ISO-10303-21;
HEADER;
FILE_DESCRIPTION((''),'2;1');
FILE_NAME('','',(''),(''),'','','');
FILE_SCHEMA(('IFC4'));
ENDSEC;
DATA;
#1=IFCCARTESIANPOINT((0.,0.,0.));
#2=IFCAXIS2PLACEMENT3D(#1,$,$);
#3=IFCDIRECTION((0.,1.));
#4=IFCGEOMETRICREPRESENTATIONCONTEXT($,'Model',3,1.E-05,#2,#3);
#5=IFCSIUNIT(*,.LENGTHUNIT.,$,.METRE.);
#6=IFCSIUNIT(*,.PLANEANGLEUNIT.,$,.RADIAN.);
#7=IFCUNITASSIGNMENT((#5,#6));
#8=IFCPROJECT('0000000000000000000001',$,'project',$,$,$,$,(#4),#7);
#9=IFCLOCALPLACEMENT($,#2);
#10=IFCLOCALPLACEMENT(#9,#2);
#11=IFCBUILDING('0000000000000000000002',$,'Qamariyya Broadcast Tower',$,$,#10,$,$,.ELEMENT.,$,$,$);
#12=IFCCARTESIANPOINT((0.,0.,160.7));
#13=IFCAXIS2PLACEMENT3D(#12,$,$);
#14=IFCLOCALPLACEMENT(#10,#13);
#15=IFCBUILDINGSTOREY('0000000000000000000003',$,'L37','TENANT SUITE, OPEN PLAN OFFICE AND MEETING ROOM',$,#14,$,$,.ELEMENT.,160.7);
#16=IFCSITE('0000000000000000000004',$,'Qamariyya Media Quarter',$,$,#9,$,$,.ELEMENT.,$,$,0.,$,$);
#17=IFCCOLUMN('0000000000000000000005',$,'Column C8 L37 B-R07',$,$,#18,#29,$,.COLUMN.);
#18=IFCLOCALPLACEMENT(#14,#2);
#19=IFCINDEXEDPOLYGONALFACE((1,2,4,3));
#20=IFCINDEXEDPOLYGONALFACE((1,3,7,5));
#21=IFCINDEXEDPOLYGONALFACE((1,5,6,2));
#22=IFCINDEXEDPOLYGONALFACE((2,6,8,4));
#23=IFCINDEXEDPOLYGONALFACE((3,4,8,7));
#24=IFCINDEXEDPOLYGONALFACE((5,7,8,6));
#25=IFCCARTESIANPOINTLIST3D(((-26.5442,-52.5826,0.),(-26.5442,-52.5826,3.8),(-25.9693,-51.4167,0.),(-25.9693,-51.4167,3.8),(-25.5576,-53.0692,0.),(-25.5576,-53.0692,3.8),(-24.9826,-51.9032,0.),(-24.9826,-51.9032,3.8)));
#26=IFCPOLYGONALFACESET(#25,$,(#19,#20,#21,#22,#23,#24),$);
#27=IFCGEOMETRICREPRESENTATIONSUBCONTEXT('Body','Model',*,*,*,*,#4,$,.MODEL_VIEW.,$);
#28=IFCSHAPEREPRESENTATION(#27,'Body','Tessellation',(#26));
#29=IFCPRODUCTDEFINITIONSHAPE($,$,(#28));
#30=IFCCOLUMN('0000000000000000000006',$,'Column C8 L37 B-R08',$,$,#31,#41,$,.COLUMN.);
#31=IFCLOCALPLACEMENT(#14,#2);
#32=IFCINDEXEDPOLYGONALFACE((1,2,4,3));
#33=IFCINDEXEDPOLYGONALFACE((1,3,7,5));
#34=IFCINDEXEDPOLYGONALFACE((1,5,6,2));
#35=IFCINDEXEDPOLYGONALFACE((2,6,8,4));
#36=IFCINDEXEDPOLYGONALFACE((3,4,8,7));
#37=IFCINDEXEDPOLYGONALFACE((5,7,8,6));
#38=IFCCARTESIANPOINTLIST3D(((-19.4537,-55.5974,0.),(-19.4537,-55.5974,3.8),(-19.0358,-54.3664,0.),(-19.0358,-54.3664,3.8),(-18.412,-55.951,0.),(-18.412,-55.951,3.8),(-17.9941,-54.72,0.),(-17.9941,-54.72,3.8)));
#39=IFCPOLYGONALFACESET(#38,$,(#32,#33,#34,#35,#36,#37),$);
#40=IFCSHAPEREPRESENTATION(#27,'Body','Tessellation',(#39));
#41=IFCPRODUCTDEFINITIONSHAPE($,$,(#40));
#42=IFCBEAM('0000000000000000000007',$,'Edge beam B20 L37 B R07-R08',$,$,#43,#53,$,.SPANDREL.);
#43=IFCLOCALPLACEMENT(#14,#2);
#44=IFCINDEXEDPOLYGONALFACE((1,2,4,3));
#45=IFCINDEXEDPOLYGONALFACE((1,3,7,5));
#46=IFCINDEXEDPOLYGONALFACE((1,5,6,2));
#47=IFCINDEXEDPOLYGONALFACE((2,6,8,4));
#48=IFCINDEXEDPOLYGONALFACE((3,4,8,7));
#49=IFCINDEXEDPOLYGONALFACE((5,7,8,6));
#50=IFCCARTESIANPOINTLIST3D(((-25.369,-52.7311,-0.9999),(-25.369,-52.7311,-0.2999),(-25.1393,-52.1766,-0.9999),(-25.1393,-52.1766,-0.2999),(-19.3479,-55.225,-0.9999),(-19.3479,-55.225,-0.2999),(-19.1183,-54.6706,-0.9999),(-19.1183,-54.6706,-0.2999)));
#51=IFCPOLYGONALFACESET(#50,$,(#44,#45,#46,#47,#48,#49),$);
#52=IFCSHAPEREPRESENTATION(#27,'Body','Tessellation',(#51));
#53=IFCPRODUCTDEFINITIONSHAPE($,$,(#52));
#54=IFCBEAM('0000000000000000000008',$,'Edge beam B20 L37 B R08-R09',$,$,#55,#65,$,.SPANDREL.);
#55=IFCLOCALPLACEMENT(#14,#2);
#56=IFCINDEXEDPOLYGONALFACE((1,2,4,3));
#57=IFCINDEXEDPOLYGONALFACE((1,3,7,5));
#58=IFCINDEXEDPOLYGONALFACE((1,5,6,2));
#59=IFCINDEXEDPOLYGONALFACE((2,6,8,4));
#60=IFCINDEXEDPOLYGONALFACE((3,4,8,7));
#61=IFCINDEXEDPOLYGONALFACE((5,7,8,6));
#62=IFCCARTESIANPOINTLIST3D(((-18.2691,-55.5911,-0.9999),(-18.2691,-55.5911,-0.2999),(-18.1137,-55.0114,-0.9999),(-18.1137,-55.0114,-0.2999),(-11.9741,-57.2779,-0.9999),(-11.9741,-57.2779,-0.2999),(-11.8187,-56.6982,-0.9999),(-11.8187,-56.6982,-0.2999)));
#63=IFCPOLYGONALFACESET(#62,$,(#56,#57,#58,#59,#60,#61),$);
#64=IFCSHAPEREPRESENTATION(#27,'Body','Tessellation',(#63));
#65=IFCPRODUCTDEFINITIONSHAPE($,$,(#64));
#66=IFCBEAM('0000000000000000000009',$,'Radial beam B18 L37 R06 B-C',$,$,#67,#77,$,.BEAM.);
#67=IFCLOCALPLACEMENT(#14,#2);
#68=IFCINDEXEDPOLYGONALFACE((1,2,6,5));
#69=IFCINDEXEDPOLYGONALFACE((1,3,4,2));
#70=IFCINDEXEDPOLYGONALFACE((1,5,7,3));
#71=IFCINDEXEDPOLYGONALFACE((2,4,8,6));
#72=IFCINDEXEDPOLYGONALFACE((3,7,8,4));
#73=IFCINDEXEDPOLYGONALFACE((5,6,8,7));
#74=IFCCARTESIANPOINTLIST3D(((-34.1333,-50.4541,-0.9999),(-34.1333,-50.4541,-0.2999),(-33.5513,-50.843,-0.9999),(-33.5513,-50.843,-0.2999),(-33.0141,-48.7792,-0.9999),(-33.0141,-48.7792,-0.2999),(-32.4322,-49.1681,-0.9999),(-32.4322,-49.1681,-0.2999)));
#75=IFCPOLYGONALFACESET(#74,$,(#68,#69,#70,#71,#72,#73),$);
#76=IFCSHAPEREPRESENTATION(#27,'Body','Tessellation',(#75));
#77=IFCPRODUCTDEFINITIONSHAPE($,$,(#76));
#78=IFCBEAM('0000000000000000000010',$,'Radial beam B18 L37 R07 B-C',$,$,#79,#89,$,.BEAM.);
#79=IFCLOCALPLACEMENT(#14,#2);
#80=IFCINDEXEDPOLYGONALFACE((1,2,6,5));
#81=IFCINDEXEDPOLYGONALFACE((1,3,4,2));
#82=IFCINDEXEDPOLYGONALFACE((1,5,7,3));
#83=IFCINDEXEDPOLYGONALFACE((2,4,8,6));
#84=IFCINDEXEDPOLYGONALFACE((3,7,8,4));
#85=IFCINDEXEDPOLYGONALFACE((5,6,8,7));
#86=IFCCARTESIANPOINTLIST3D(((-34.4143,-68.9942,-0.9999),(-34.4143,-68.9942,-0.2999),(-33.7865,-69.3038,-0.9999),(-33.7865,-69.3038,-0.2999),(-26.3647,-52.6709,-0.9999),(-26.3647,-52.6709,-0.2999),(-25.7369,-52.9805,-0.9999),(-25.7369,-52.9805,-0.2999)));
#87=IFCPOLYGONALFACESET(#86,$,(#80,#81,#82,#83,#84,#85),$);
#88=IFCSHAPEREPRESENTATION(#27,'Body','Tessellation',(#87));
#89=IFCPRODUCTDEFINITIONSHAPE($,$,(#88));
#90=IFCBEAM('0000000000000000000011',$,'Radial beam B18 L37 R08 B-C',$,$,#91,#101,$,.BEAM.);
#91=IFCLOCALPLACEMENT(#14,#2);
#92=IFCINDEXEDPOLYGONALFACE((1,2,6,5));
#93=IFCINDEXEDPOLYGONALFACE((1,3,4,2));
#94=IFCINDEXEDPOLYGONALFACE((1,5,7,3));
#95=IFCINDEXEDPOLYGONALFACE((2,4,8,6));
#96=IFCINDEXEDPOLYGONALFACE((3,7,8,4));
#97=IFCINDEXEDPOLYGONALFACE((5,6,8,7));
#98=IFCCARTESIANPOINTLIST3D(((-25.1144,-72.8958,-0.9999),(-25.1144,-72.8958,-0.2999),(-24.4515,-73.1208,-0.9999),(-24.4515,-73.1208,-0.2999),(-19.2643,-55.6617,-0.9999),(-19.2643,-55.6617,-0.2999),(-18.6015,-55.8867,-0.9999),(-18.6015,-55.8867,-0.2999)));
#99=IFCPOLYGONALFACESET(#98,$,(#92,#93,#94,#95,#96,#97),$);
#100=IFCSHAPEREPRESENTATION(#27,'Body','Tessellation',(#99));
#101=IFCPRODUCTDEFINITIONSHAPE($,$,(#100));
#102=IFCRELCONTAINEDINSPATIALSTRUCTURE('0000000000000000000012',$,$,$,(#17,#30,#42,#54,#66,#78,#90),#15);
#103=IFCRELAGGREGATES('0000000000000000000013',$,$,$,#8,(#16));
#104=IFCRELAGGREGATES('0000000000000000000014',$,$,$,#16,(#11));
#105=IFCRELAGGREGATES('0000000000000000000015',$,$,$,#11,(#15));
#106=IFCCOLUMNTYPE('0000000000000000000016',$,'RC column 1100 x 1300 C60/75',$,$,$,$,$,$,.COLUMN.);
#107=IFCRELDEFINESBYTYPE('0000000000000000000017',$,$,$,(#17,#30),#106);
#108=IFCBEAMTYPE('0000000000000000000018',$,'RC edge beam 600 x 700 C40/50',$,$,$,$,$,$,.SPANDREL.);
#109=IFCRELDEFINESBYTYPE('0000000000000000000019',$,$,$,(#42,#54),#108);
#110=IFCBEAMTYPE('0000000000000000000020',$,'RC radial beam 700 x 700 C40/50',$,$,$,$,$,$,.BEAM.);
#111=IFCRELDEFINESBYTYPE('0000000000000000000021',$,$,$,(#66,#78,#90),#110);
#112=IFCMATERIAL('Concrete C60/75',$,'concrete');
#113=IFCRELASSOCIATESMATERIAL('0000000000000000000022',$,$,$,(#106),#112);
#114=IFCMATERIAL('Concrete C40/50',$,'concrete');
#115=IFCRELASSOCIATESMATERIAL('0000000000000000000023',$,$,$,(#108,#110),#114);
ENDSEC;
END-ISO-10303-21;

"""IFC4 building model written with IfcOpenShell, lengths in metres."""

from ifc_helpers import new_model, si_unit, direction, frame, origin, origin_2d, place, context, subcontext, project, spatial, rectangle, extrude, material, material_profile, profile_set, type_object, element, save


model = new_model("IFC4")

# Units and contexts
model_context = context("Model", 3, precision=1e-05, world=origin(), true_north=direction((0.0, 1.0)))
body_context = subcontext(model_context, "Body", "Model", "MODEL_VIEW")
ifc_project = project(units=[si_unit("LENGTHUNIT", "METRE"), si_unit("PLANEANGLEUNIT", "RADIAN")], contexts=[model_context])

# Site, building, storey
site_placement = place(None, origin())
site = spatial("IfcSite", under=ifc_project, at=site_placement, Name="Qamariyya Media Quarter", CompositionType="ELEMENT", RefElevation=0.0)
building_placement = place(site_placement, origin())
building = spatial("IfcBuilding", under=site, at=building_placement, Name="Qamariyya Broadcast Tower", CompositionType="ELEMENT")
storey_placement = place(building_placement, frame((0.0, 0.0, 160.7)))
storey = spatial("IfcBuildingStorey", under=building, at=storey_placement, Name="L37", Description="TENANT SUITE, OPEN PLAN OFFICE AND MEETING ROOM", CompositionType="ELEMENT", Elevation=160.7)

# Columns
ifc_material_1 = material(Name="Concrete C60/75", Category="concrete")
ifc_material_profile_1 = material_profile(ifc_material_1, rectangle(XDim=1.1001, YDim=1.3, at=origin_2d()))
ifc_profile_set_1 = profile_set([ifc_material_profile_1], Name="Concrete C60/75")
column_type = type_object("IfcColumnType", Name="RC column 1100 x 1300 C60/75", PredefinedType="COLUMN", material=ifc_profile_set_1)
for number, where, z_axis, x_axis, name in (
    (1, (-25.7634, -52.2429, 0.0), (0.0, 0.0, 1.0), (0.896873, -0.442289, 0.0), "Column C8 L37 B-R07"),
    (2, (-18.7239, -55.1587, 0.0), (0.0, 0.0, 1.0), (0.94693, -0.321439, 0.0), "Column C8 L37 B-R08"),
):
    element("IfcColumn", number, at=place(storey_placement, frame(where, z_axis=z_axis, x_axis=x_axis)), inside=storey, type_object=column_type, Name=name, PredefinedType="COLUMN", context=body_context, shape_type="SweptSolid", body=[
        extrude(rectangle(XDim=1.1001, YDim=1.3, at=origin_2d()), origin(), (0.0, 0.0, 1.0), 3.8),
    ])

# Beams
ifc_material_2 = material(Name="Concrete C40/50", Category="concrete")
ifc_material_profile_2 = material_profile(ifc_material_2, rectangle(XDim=0.6001, YDim=0.7, at=origin_2d()))
ifc_profile_set_2 = profile_set([ifc_material_profile_2], Name="Concrete C40/50")
beam_type_1 = type_object("IfcBeamType", Name="RC edge beam 600 x 700 C40/50", PredefinedType="SPANDREL", material=ifc_profile_set_2)
for number, where, z_axis, x_axis, name in (
    (3, (-25.2542, -52.4539, -0.6499), (0.923884, -0.382673, 0.0), (0.382673, 0.923884, 0.0), "Edge beam B20 L37 B R07-R08"),
    (4, (-18.1914, -55.3013, -0.6499), (0.965924, -0.258826, 0.0), (0.258826, 0.965924, 0.0), "Edge beam B20 L37 B R08-R09"),
):
    element("IfcBeam", number, at=place(storey_placement, frame(where, z_axis=z_axis, x_axis=x_axis)), inside=storey, type_object=beam_type_1, Name=name, PredefinedType="SPANDREL", context=body_context, shape_type="SweptSolid", body=[
        extrude(rectangle(XDim=0.6001, YDim=0.7, at=origin_2d()), origin(), (0.0, 0.0, 1.0), 6.5171),
    ])
ifc_material_profile_3 = material_profile(ifc_material_2, rectangle(XDim=0.7, YDim=0.7, at=origin_2d()))
ifc_profile_set_3 = profile_set([ifc_material_profile_3], Name="Concrete C40/50")
beam_type_2 = type_object("IfcBeamType", Name="RC radial beam 700 x 700 C40/50", PredefinedType="BEAM", material=ifc_profile_set_3)
beam_1_placement = place(storey_placement, frame((-32.7231, -48.9736, -0.6499), z_axis=(-0.555595, -0.831453, 0.0), x_axis=(0.831453, -0.555595, 0.0)))
element("IfcBeam", 5, at=beam_1_placement, inside=storey, type_object=beam_type_2, Name="Radial beam B18 L37 R06 B-C", PredefinedType="BEAM", context=body_context, shape_type="SweptSolid", body=[
    extrude(rectangle(XDim=0.7, YDim=0.7, at=origin_2d()), origin(), (0.0, 0.0, 1.0), 2.0144),
])
beam_2_placement = place(storey_placement, frame((-26.0508, -52.8257, -0.6499), z_axis=(-0.442281, -0.896876, 0.0), x_axis=(0.896876, -0.442281, 0.0)))
element("IfcBeam", 6, at=beam_2_placement, inside=storey, type_object=beam_type_2, Name="Radial beam B18 L37 R07 B-C", PredefinedType="BEAM", context=body_context, shape_type="SweptSolid", body=[
    extrude(rectangle(XDim=0.7, YDim=0.7, at=origin_2d()), origin(), (0.0, 0.0, 1.0), 18.2002),
])
beam_3_placement = place(storey_placement, frame((-18.9329, -55.7742, -0.6499), z_axis=(-0.321434, -0.946932, 0.0), x_axis=(0.946932, -0.321434, 0.0)))
element("IfcBeam", 7, at=beam_3_placement, inside=storey, type_object=beam_type_2, Name="Radial beam B18 L37 R08 B-C", PredefinedType="BEAM", context=body_context, shape_type="SweptSolid", body=[
    extrude(rectangle(XDim=0.7, YDim=0.7, at=origin_2d()), origin(), (0.0, 0.0, 1.0), 18.2),
])

save(model, "model.ifc")
